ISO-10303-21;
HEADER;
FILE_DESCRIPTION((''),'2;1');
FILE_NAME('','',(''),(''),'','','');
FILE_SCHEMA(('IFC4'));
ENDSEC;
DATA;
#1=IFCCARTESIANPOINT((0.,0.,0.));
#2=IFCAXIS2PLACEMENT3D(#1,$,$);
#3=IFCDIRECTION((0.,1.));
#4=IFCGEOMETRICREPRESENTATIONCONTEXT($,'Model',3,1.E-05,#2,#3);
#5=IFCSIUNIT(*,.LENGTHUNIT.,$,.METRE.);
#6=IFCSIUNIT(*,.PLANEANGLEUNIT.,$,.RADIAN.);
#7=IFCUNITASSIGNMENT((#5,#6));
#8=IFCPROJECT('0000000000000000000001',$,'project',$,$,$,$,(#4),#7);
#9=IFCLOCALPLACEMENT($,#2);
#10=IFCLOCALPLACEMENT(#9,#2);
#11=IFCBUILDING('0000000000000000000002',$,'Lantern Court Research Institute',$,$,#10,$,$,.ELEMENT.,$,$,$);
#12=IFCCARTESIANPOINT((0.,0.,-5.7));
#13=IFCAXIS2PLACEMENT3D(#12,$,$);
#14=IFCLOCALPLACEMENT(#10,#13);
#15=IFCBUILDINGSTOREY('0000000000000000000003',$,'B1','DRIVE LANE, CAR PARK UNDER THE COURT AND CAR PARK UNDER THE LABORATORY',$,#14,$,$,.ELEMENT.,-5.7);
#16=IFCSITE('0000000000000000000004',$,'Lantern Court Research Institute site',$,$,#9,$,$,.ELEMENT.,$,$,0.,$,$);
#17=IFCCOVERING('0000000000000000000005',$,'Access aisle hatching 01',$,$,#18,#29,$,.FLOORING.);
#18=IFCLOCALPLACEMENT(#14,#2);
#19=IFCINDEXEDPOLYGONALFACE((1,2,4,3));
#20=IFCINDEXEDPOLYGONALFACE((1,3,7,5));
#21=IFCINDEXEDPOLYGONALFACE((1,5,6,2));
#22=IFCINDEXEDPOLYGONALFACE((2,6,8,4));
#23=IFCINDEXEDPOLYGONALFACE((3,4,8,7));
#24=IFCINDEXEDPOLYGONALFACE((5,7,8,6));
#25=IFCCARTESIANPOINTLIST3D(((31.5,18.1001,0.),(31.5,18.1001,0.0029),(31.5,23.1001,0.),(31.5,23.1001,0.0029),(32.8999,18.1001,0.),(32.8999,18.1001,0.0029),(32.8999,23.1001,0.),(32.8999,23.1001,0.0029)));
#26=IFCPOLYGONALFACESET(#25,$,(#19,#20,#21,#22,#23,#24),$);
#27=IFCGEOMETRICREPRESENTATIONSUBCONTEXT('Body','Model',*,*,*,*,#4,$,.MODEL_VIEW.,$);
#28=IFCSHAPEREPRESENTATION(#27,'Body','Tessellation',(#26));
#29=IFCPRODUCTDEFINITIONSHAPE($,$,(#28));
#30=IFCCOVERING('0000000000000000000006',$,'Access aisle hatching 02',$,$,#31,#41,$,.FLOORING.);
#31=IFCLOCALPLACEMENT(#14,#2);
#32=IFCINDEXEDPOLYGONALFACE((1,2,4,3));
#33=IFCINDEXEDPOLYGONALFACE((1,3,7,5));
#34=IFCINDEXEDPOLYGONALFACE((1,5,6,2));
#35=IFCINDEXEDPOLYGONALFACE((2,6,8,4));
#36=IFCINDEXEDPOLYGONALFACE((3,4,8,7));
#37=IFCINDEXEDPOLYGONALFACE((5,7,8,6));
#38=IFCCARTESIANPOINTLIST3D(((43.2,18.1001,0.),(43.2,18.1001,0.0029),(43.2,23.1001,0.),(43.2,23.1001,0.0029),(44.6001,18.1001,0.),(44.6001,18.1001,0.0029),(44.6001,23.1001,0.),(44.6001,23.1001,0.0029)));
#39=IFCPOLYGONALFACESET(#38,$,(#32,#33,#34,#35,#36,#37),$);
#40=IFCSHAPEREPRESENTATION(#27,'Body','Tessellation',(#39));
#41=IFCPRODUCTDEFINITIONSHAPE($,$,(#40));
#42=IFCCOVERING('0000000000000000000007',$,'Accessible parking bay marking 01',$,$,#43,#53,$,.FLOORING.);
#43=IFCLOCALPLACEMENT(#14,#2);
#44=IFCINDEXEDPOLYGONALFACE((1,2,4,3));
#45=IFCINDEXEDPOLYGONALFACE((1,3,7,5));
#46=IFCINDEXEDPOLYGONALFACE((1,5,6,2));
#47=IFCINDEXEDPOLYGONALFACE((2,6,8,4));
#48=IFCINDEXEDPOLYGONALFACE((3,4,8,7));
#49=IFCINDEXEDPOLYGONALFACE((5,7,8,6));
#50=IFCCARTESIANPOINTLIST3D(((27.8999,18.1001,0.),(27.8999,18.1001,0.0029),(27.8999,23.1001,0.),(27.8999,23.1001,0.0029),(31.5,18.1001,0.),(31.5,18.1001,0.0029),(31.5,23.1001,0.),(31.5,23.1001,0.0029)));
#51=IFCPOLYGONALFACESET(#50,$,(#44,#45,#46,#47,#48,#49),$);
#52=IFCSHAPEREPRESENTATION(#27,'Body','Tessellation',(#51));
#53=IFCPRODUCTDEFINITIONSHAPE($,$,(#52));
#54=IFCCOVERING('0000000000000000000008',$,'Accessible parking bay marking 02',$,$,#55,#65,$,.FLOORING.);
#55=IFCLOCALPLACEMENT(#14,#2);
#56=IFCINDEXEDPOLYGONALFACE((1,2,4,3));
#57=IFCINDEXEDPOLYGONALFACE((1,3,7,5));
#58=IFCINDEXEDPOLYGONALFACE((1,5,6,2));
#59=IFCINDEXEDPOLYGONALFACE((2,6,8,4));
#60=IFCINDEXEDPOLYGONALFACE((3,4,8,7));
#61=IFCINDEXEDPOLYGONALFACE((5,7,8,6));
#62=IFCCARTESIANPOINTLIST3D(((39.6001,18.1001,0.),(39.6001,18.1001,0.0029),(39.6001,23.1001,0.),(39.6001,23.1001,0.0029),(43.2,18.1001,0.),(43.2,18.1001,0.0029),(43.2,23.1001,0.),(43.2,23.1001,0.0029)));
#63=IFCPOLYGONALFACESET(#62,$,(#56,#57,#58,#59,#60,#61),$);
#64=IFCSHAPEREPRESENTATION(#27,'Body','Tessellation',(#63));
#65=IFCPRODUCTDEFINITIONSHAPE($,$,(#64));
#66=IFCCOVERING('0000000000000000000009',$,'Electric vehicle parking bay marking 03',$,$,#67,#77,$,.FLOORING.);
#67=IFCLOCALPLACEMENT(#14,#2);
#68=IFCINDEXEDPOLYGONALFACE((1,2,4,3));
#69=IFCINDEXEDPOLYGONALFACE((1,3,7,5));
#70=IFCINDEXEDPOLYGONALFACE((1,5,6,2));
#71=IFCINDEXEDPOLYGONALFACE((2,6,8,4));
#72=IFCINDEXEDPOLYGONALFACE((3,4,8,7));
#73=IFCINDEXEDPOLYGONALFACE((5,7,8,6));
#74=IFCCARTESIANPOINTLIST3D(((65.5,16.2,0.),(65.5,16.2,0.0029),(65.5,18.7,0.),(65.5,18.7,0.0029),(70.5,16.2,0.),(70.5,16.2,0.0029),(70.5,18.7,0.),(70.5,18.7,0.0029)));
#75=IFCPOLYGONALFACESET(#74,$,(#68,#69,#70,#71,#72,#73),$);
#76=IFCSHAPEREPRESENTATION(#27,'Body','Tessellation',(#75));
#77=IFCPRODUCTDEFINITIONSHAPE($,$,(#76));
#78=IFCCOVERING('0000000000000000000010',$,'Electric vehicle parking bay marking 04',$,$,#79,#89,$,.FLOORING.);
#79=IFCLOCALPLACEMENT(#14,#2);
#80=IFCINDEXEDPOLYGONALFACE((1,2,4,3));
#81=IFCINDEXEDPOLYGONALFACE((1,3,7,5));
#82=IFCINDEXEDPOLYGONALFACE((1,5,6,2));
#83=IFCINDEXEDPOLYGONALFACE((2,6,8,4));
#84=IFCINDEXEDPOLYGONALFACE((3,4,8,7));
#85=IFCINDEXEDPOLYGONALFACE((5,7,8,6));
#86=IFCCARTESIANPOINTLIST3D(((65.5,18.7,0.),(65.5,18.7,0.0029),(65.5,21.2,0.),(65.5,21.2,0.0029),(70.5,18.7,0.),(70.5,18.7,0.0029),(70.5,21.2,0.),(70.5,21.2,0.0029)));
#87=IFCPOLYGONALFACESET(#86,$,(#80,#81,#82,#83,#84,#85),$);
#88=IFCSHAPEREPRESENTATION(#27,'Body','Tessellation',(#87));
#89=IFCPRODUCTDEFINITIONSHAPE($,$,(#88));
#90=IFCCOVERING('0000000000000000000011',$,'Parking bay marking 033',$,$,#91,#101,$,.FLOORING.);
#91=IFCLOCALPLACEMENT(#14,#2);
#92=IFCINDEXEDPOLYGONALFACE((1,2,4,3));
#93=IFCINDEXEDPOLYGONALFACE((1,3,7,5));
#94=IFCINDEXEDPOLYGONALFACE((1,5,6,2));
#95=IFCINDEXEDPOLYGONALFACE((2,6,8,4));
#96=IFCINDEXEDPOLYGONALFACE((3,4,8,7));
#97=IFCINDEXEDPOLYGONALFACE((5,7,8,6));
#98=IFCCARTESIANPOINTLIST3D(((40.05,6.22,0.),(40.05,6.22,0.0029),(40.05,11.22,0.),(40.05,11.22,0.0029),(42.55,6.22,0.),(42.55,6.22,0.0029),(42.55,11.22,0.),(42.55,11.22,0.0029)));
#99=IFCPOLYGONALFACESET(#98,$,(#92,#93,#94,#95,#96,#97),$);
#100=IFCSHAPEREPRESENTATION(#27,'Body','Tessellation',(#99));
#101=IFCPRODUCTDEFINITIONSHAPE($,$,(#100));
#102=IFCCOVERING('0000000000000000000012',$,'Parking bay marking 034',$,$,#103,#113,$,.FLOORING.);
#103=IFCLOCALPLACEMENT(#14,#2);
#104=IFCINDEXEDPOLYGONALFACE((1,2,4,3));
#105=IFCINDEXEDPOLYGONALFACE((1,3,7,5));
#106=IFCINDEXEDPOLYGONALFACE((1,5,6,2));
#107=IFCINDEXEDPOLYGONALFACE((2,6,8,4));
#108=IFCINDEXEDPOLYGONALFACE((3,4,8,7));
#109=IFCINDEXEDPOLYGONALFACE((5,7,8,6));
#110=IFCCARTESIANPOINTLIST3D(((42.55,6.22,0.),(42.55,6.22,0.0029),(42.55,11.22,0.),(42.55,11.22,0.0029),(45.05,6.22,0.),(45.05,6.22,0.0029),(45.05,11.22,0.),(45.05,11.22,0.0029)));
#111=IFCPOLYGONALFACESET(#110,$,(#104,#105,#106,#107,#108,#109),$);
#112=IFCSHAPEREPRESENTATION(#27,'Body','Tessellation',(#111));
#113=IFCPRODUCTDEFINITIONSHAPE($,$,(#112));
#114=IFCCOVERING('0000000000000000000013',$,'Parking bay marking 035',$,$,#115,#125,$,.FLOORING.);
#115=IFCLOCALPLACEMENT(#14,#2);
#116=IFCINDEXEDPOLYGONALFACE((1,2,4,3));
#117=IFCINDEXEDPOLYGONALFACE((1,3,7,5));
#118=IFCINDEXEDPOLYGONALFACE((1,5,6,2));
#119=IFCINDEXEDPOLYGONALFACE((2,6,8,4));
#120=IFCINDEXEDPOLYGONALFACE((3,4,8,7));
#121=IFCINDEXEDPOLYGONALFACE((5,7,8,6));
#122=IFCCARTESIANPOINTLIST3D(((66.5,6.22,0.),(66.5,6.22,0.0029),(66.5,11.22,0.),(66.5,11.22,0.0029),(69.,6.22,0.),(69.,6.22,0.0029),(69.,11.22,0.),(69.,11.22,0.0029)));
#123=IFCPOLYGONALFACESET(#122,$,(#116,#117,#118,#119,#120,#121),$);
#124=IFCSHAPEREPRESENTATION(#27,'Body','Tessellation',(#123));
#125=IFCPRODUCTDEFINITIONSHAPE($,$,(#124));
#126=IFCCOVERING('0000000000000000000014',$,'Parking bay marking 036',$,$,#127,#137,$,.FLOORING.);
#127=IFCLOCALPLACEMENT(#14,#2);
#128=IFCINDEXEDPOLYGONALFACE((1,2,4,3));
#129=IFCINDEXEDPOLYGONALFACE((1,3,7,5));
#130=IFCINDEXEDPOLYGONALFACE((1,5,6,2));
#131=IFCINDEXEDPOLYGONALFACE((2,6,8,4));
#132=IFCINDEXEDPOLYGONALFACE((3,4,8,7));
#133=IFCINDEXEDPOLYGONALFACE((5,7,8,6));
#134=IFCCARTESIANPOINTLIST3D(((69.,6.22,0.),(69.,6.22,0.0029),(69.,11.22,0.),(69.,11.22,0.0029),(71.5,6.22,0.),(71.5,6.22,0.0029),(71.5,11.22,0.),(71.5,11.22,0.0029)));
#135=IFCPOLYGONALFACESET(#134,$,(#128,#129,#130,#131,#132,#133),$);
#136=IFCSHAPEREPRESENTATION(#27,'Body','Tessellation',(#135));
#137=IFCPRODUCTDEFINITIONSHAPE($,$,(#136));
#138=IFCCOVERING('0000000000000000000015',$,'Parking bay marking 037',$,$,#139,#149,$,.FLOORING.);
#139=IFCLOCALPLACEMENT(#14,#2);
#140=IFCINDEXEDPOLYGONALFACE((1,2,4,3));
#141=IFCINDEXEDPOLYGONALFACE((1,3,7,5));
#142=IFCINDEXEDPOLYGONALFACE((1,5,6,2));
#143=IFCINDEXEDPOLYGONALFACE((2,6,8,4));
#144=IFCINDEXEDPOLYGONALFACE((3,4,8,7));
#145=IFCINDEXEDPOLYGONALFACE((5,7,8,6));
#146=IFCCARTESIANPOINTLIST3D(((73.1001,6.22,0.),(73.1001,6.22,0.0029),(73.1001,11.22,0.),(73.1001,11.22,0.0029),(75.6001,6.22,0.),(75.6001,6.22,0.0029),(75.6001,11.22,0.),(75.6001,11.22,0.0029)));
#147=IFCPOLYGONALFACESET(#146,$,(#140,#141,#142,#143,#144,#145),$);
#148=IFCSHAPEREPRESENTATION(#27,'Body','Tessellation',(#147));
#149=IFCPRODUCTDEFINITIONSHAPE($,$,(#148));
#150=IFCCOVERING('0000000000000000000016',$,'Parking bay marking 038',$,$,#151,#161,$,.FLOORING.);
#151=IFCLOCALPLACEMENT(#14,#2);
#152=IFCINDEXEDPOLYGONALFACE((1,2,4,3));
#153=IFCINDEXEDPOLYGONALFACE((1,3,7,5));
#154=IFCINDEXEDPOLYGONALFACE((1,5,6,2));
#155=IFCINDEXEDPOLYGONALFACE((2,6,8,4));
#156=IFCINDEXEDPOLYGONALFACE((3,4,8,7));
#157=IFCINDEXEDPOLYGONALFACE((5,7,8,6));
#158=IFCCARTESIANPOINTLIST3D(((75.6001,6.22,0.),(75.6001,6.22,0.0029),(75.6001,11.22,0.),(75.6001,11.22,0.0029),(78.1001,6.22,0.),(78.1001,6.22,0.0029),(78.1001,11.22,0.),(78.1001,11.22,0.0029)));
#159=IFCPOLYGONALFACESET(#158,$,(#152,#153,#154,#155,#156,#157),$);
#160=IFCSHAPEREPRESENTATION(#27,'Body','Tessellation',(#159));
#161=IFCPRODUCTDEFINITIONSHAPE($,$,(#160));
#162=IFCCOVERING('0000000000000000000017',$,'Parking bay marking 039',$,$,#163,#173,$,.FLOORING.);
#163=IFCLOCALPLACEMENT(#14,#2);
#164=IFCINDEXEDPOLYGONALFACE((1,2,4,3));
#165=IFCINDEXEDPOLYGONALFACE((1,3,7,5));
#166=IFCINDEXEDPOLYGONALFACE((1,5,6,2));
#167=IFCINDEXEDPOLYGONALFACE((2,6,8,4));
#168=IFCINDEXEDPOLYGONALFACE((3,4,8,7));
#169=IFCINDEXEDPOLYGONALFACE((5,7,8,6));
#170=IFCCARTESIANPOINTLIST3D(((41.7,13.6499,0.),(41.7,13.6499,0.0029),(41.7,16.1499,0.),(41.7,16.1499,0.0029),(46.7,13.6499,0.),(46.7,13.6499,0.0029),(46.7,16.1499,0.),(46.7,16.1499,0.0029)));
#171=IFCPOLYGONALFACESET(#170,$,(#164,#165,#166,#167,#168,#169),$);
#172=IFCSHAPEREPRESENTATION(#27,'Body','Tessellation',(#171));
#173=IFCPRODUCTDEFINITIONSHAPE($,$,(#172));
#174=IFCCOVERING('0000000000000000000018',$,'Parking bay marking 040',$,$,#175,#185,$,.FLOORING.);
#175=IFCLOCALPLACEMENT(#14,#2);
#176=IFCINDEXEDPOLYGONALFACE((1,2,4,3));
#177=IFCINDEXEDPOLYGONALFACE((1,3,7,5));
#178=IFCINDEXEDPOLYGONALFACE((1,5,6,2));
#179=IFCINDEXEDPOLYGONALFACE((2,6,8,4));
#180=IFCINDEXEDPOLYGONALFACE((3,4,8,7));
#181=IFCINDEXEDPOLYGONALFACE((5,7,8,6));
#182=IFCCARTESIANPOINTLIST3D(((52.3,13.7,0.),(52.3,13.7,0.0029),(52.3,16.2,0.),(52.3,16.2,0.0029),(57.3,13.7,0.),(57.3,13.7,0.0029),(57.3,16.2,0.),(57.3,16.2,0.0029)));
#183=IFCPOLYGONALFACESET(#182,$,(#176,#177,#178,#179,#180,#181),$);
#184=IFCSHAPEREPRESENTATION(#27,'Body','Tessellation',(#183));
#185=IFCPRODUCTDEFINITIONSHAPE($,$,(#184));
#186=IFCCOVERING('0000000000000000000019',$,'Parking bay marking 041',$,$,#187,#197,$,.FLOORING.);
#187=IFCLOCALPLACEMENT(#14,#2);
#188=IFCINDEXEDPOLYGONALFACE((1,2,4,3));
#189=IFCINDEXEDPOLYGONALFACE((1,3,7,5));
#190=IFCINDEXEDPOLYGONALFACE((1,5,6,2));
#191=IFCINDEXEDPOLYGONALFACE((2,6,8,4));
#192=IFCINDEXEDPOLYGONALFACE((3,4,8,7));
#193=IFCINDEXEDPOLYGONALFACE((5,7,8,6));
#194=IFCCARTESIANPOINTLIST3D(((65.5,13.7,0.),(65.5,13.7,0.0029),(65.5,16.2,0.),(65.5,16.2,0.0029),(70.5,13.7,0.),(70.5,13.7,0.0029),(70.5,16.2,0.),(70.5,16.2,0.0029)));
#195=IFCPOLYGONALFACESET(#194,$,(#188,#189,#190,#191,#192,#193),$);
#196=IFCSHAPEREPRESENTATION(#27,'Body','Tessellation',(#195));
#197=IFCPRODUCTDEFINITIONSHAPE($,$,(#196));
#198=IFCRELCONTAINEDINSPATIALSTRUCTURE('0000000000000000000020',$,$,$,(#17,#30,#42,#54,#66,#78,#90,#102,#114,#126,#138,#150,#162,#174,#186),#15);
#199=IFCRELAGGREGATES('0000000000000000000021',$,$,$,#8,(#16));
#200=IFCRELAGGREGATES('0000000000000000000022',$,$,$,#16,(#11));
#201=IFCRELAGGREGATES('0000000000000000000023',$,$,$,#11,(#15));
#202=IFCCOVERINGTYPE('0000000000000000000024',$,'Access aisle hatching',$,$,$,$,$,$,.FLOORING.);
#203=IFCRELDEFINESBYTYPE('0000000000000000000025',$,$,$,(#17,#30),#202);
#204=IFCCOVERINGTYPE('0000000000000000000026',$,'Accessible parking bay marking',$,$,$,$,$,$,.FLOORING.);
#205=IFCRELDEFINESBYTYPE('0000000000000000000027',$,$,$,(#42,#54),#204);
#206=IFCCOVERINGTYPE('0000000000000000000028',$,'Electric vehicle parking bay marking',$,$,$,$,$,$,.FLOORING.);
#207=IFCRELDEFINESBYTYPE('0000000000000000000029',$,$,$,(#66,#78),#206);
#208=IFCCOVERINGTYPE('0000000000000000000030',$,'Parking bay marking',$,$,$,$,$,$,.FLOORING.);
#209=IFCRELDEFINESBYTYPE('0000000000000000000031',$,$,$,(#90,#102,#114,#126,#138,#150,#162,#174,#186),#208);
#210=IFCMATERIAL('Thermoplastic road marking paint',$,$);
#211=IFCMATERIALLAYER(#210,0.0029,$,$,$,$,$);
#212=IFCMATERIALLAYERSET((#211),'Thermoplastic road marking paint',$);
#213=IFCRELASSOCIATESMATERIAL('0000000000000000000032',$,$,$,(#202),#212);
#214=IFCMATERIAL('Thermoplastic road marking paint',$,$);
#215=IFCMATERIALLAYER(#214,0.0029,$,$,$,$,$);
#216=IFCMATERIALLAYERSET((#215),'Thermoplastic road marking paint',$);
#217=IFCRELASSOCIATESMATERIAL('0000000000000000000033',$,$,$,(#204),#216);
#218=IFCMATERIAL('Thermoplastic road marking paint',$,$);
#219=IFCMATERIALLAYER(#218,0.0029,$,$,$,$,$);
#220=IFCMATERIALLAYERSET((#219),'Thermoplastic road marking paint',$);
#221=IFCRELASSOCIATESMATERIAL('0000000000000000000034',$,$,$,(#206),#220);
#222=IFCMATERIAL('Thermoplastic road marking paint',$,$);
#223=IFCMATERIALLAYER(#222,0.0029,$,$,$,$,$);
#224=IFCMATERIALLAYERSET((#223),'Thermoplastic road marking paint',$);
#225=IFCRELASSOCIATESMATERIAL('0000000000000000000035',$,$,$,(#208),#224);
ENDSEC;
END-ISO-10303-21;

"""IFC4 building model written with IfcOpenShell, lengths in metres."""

from ifc_helpers import new_model, si_unit, direction, frame, origin, place, context, subcontext, project, spatial, polyline, outline, extrude, material, layer, layer_set, type_object, element, save


model = new_model("IFC4")

# Units and contexts
model_context = context("Model", 3, precision=1e-05, world=origin(), true_north=direction((0.0, 1.0)))
body_context = subcontext(model_context, "Body", "Model", "MODEL_VIEW")
ifc_project = project(units=[si_unit("LENGTHUNIT", "METRE"), si_unit("PLANEANGLEUNIT", "RADIAN")], contexts=[model_context])

# Site, building, storey
site_placement = place(None, origin())
site = spatial("IfcSite", under=ifc_project, at=site_placement, Name="Lantern Court Research Institute site", CompositionType="ELEMENT", RefElevation=0.0)
building_placement = place(site_placement, origin())
building = spatial("IfcBuilding", under=site, at=building_placement, Name="Lantern Court Research Institute", CompositionType="ELEMENT")
storey_placement = place(building_placement, frame((0.0, 0.0, -5.7)))
storey = spatial("IfcBuildingStorey", under=building, at=storey_placement, Name="B1", Description="DRIVE LANE, CAR PARK UNDER THE COURT AND CAR PARK UNDER THE LABORATORY", CompositionType="ELEMENT", Elevation=-5.7)

# Coverings
ifc_material_1 = material(Name="Thermoplastic road marking paint")
ifc_layer_1 = layer(ifc_material_1, 0.0029)
ifc_layer_set_1 = layer_set([ifc_layer_1], Name="Thermoplastic road marking paint")
covering_type_1 = type_object("IfcCoveringType", Name="Access aisle hatching", PredefinedType="FLOORING", material=ifc_layer_set_1)
covering_1_placement = place(storey_placement, origin())
element("IfcCovering", 1, at=covering_1_placement, inside=storey, type_object=covering_type_1, Name="Access aisle hatching 01", PredefinedType="FLOORING", context=body_context, shape_type="SweptSolid", body=[
    extrude(outline(polyline([(31.5, 18.1001), (32.8999, 18.1001), (32.8999, 23.1001), (31.5, 23.1001), (31.5, 18.1001)])), origin(), (0.0, 0.0, 1.0), 0.0029),
])
covering_2_placement = place(storey_placement, origin())
element("IfcCovering", 2, at=covering_2_placement, inside=storey, type_object=covering_type_1, Name="Access aisle hatching 02", PredefinedType="FLOORING", context=body_context, shape_type="SweptSolid", body=[
    extrude(outline(polyline([(43.2, 18.1001), (44.6001, 18.1001), (44.6001, 23.1001), (43.2, 23.1001), (43.2, 18.1001)])), origin(), (0.0, 0.0, 1.0), 0.0029),
])
ifc_material_2 = material(Name="Thermoplastic road marking paint")
ifc_layer_2 = layer(ifc_material_2, 0.0029)
ifc_layer_set_2 = layer_set([ifc_layer_2], Name="Thermoplastic road marking paint")
covering_type_2 = type_object("IfcCoveringType", Name="Accessible parking bay marking", PredefinedType="FLOORING", material=ifc_layer_set_2)
covering_3_placement = place(storey_placement, origin())
element("IfcCovering", 3, at=covering_3_placement, inside=storey, type_object=covering_type_2, Name="Accessible parking bay marking 01", PredefinedType="FLOORING", context=body_context, shape_type="SweptSolid", body=[
    extrude(outline(polyline([(27.8999, 18.1001), (31.5, 18.1001), (31.5, 23.1001), (27.8999, 23.1001), (27.8999, 18.1001)])), origin(), (0.0, 0.0, 1.0), 0.0029),
])
covering_4_placement = place(storey_placement, origin())
element("IfcCovering", 4, at=covering_4_placement, inside=storey, type_object=covering_type_2, Name="Accessible parking bay marking 02", PredefinedType="FLOORING", context=body_context, shape_type="SweptSolid", body=[
    extrude(outline(polyline([(39.6001, 18.1001), (43.2, 18.1001), (43.2, 23.1001), (39.6001, 23.1001), (39.6001, 18.1001)])), origin(), (0.0, 0.0, 1.0), 0.0029),
])
ifc_material_3 = material(Name="Thermoplastic road marking paint")
ifc_layer_3 = layer(ifc_material_3, 0.0029)
ifc_layer_set_3 = layer_set([ifc_layer_3], Name="Thermoplastic road marking paint")
covering_type_3 = type_object("IfcCoveringType", Name="Electric vehicle parking bay marking", PredefinedType="FLOORING", material=ifc_layer_set_3)
covering_5_placement = place(storey_placement, origin())
element("IfcCovering", 5, at=covering_5_placement, inside=storey, type_object=covering_type_3, Name="Electric vehicle parking bay marking 03", PredefinedType="FLOORING", context=body_context, shape_type="SweptSolid", body=[
    extrude(outline(polyline([(65.5, 16.2), (70.5, 16.2), (70.5, 18.7), (65.5, 18.7), (65.5, 16.2)])), origin(), (0.0, 0.0, 1.0), 0.0029),
])
covering_6_placement = place(storey_placement, origin())
element("IfcCovering", 6, at=covering_6_placement, inside=storey, type_object=covering_type_3, Name="Electric vehicle parking bay marking 04", PredefinedType="FLOORING", context=body_context, shape_type="SweptSolid", body=[
    extrude(outline(polyline([(65.5, 18.7), (70.5, 18.7), (70.5, 21.2), (65.5, 21.2), (65.5, 18.7)])), origin(), (0.0, 0.0, 1.0), 0.0029),
])
ifc_material_4 = material(Name="Thermoplastic road marking paint")
ifc_layer_4 = layer(ifc_material_4, 0.0029)
ifc_layer_set_4 = layer_set([ifc_layer_4], Name="Thermoplastic road marking paint")
covering_type_4 = type_object("IfcCoveringType", Name="Parking bay marking", PredefinedType="FLOORING", material=ifc_layer_set_4)
covering_7_placement = place(storey_placement, origin())
element("IfcCovering", 7, at=covering_7_placement, inside=storey, type_object=covering_type_4, Name="Parking bay marking 033", PredefinedType="FLOORING", context=body_context, shape_type="SweptSolid", body=[
    extrude(outline(polyline([(40.05, 6.22), (42.55, 6.22), (42.55, 11.22), (40.05, 11.22), (40.05, 6.22)])), origin(), (0.0, 0.0, 1.0), 0.0029),
])
covering_8_placement = place(storey_placement, origin())
element("IfcCovering", 8, at=covering_8_placement, inside=storey, type_object=covering_type_4, Name="Parking bay marking 034", PredefinedType="FLOORING", context=body_context, shape_type="SweptSolid", body=[
    extrude(outline(polyline([(42.55, 6.22), (45.05, 6.22), (45.05, 11.22), (42.55, 11.22), (42.55, 6.22)])), origin(), (0.0, 0.0, 1.0), 0.0029),
])
covering_9_placement = place(storey_placement, origin())
element("IfcCovering", 9, at=covering_9_placement, inside=storey, type_object=covering_type_4, Name="Parking bay marking 035", PredefinedType="FLOORING", context=body_context, shape_type="SweptSolid", body=[
    extrude(outline(polyline([(66.5, 6.22), (69.0, 6.22), (69.0, 11.22), (66.5, 11.22), (66.5, 6.22)])), origin(), (0.0, 0.0, 1.0), 0.0029),
])
covering_10_placement = place(storey_placement, origin())
element("IfcCovering", 10, at=covering_10_placement, inside=storey, type_object=covering_type_4, Name="Parking bay marking 036", PredefinedType="FLOORING", context=body_context, shape_type="SweptSolid", body=[
    extrude(outline(polyline([(69.0, 6.22), (71.5, 6.22), (71.5, 11.22), (69.0, 11.22), (69.0, 6.22)])), origin(), (0.0, 0.0, 1.0), 0.0029),
])
covering_11_placement = place(storey_placement, origin())
element("IfcCovering", 11, at=covering_11_placement, inside=storey, type_object=covering_type_4, Name="Parking bay marking 037", PredefinedType="FLOORING", context=body_context, shape_type="SweptSolid", body=[
    extrude(outline(polyline([(73.1001, 6.22), (75.6001, 6.22), (75.6001, 11.22), (73.1001, 11.22), (73.1001, 6.22)])), origin(), (0.0, 0.0, 1.0), 0.0029),
])
covering_12_placement = place(storey_placement, origin())
element("IfcCovering", 12, at=covering_12_placement, inside=storey, type_object=covering_type_4, Name="Parking bay marking 038", PredefinedType="FLOORING", context=body_context, shape_type="SweptSolid", body=[
    extrude(outline(polyline([(75.6001, 6.22), (78.1001, 6.22), (78.1001, 11.22), (75.6001, 11.22), (75.6001, 6.22)])), origin(), (0.0, 0.0, 1.0), 0.0029),
])
covering_13_placement = place(storey_placement, origin())
element("IfcCovering", 13, at=covering_13_placement, inside=storey, type_object=covering_type_4, Name="Parking bay marking 039", PredefinedType="FLOORING", context=body_context, shape_type="SweptSolid", body=[
    extrude(outline(polyline([(41.7, 13.6499), (46.7, 13.6499), (46.7, 16.1499), (41.7, 16.1499), (41.7, 13.6499)])), origin(), (0.0, 0.0, 1.0), 0.0029),
])
covering_14_placement = place(storey_placement, origin())
element("IfcCovering", 14, at=covering_14_placement, inside=storey, type_object=covering_type_4, Name="Parking bay marking 040", PredefinedType="FLOORING", context=body_context, shape_type="SweptSolid", body=[
    extrude(outline(polyline([(52.3, 13.7), (57.3, 13.7), (57.3, 16.2), (52.3, 16.2), (52.3, 13.7)])), origin(), (0.0, 0.0, 1.0), 0.0029),
])
covering_15_placement = place(storey_placement, origin())
element("IfcCovering", 15, at=covering_15_placement, inside=storey, type_object=covering_type_4, Name="Parking bay marking 041", PredefinedType="FLOORING", context=body_context, shape_type="SweptSolid", body=[
    extrude(outline(polyline([(65.5, 13.7), (70.5, 13.7), (70.5, 16.2), (65.5, 16.2), (65.5, 13.7)])), origin(), (0.0, 0.0, 1.0), 0.0029),
])

save(model, "model.ifc")
